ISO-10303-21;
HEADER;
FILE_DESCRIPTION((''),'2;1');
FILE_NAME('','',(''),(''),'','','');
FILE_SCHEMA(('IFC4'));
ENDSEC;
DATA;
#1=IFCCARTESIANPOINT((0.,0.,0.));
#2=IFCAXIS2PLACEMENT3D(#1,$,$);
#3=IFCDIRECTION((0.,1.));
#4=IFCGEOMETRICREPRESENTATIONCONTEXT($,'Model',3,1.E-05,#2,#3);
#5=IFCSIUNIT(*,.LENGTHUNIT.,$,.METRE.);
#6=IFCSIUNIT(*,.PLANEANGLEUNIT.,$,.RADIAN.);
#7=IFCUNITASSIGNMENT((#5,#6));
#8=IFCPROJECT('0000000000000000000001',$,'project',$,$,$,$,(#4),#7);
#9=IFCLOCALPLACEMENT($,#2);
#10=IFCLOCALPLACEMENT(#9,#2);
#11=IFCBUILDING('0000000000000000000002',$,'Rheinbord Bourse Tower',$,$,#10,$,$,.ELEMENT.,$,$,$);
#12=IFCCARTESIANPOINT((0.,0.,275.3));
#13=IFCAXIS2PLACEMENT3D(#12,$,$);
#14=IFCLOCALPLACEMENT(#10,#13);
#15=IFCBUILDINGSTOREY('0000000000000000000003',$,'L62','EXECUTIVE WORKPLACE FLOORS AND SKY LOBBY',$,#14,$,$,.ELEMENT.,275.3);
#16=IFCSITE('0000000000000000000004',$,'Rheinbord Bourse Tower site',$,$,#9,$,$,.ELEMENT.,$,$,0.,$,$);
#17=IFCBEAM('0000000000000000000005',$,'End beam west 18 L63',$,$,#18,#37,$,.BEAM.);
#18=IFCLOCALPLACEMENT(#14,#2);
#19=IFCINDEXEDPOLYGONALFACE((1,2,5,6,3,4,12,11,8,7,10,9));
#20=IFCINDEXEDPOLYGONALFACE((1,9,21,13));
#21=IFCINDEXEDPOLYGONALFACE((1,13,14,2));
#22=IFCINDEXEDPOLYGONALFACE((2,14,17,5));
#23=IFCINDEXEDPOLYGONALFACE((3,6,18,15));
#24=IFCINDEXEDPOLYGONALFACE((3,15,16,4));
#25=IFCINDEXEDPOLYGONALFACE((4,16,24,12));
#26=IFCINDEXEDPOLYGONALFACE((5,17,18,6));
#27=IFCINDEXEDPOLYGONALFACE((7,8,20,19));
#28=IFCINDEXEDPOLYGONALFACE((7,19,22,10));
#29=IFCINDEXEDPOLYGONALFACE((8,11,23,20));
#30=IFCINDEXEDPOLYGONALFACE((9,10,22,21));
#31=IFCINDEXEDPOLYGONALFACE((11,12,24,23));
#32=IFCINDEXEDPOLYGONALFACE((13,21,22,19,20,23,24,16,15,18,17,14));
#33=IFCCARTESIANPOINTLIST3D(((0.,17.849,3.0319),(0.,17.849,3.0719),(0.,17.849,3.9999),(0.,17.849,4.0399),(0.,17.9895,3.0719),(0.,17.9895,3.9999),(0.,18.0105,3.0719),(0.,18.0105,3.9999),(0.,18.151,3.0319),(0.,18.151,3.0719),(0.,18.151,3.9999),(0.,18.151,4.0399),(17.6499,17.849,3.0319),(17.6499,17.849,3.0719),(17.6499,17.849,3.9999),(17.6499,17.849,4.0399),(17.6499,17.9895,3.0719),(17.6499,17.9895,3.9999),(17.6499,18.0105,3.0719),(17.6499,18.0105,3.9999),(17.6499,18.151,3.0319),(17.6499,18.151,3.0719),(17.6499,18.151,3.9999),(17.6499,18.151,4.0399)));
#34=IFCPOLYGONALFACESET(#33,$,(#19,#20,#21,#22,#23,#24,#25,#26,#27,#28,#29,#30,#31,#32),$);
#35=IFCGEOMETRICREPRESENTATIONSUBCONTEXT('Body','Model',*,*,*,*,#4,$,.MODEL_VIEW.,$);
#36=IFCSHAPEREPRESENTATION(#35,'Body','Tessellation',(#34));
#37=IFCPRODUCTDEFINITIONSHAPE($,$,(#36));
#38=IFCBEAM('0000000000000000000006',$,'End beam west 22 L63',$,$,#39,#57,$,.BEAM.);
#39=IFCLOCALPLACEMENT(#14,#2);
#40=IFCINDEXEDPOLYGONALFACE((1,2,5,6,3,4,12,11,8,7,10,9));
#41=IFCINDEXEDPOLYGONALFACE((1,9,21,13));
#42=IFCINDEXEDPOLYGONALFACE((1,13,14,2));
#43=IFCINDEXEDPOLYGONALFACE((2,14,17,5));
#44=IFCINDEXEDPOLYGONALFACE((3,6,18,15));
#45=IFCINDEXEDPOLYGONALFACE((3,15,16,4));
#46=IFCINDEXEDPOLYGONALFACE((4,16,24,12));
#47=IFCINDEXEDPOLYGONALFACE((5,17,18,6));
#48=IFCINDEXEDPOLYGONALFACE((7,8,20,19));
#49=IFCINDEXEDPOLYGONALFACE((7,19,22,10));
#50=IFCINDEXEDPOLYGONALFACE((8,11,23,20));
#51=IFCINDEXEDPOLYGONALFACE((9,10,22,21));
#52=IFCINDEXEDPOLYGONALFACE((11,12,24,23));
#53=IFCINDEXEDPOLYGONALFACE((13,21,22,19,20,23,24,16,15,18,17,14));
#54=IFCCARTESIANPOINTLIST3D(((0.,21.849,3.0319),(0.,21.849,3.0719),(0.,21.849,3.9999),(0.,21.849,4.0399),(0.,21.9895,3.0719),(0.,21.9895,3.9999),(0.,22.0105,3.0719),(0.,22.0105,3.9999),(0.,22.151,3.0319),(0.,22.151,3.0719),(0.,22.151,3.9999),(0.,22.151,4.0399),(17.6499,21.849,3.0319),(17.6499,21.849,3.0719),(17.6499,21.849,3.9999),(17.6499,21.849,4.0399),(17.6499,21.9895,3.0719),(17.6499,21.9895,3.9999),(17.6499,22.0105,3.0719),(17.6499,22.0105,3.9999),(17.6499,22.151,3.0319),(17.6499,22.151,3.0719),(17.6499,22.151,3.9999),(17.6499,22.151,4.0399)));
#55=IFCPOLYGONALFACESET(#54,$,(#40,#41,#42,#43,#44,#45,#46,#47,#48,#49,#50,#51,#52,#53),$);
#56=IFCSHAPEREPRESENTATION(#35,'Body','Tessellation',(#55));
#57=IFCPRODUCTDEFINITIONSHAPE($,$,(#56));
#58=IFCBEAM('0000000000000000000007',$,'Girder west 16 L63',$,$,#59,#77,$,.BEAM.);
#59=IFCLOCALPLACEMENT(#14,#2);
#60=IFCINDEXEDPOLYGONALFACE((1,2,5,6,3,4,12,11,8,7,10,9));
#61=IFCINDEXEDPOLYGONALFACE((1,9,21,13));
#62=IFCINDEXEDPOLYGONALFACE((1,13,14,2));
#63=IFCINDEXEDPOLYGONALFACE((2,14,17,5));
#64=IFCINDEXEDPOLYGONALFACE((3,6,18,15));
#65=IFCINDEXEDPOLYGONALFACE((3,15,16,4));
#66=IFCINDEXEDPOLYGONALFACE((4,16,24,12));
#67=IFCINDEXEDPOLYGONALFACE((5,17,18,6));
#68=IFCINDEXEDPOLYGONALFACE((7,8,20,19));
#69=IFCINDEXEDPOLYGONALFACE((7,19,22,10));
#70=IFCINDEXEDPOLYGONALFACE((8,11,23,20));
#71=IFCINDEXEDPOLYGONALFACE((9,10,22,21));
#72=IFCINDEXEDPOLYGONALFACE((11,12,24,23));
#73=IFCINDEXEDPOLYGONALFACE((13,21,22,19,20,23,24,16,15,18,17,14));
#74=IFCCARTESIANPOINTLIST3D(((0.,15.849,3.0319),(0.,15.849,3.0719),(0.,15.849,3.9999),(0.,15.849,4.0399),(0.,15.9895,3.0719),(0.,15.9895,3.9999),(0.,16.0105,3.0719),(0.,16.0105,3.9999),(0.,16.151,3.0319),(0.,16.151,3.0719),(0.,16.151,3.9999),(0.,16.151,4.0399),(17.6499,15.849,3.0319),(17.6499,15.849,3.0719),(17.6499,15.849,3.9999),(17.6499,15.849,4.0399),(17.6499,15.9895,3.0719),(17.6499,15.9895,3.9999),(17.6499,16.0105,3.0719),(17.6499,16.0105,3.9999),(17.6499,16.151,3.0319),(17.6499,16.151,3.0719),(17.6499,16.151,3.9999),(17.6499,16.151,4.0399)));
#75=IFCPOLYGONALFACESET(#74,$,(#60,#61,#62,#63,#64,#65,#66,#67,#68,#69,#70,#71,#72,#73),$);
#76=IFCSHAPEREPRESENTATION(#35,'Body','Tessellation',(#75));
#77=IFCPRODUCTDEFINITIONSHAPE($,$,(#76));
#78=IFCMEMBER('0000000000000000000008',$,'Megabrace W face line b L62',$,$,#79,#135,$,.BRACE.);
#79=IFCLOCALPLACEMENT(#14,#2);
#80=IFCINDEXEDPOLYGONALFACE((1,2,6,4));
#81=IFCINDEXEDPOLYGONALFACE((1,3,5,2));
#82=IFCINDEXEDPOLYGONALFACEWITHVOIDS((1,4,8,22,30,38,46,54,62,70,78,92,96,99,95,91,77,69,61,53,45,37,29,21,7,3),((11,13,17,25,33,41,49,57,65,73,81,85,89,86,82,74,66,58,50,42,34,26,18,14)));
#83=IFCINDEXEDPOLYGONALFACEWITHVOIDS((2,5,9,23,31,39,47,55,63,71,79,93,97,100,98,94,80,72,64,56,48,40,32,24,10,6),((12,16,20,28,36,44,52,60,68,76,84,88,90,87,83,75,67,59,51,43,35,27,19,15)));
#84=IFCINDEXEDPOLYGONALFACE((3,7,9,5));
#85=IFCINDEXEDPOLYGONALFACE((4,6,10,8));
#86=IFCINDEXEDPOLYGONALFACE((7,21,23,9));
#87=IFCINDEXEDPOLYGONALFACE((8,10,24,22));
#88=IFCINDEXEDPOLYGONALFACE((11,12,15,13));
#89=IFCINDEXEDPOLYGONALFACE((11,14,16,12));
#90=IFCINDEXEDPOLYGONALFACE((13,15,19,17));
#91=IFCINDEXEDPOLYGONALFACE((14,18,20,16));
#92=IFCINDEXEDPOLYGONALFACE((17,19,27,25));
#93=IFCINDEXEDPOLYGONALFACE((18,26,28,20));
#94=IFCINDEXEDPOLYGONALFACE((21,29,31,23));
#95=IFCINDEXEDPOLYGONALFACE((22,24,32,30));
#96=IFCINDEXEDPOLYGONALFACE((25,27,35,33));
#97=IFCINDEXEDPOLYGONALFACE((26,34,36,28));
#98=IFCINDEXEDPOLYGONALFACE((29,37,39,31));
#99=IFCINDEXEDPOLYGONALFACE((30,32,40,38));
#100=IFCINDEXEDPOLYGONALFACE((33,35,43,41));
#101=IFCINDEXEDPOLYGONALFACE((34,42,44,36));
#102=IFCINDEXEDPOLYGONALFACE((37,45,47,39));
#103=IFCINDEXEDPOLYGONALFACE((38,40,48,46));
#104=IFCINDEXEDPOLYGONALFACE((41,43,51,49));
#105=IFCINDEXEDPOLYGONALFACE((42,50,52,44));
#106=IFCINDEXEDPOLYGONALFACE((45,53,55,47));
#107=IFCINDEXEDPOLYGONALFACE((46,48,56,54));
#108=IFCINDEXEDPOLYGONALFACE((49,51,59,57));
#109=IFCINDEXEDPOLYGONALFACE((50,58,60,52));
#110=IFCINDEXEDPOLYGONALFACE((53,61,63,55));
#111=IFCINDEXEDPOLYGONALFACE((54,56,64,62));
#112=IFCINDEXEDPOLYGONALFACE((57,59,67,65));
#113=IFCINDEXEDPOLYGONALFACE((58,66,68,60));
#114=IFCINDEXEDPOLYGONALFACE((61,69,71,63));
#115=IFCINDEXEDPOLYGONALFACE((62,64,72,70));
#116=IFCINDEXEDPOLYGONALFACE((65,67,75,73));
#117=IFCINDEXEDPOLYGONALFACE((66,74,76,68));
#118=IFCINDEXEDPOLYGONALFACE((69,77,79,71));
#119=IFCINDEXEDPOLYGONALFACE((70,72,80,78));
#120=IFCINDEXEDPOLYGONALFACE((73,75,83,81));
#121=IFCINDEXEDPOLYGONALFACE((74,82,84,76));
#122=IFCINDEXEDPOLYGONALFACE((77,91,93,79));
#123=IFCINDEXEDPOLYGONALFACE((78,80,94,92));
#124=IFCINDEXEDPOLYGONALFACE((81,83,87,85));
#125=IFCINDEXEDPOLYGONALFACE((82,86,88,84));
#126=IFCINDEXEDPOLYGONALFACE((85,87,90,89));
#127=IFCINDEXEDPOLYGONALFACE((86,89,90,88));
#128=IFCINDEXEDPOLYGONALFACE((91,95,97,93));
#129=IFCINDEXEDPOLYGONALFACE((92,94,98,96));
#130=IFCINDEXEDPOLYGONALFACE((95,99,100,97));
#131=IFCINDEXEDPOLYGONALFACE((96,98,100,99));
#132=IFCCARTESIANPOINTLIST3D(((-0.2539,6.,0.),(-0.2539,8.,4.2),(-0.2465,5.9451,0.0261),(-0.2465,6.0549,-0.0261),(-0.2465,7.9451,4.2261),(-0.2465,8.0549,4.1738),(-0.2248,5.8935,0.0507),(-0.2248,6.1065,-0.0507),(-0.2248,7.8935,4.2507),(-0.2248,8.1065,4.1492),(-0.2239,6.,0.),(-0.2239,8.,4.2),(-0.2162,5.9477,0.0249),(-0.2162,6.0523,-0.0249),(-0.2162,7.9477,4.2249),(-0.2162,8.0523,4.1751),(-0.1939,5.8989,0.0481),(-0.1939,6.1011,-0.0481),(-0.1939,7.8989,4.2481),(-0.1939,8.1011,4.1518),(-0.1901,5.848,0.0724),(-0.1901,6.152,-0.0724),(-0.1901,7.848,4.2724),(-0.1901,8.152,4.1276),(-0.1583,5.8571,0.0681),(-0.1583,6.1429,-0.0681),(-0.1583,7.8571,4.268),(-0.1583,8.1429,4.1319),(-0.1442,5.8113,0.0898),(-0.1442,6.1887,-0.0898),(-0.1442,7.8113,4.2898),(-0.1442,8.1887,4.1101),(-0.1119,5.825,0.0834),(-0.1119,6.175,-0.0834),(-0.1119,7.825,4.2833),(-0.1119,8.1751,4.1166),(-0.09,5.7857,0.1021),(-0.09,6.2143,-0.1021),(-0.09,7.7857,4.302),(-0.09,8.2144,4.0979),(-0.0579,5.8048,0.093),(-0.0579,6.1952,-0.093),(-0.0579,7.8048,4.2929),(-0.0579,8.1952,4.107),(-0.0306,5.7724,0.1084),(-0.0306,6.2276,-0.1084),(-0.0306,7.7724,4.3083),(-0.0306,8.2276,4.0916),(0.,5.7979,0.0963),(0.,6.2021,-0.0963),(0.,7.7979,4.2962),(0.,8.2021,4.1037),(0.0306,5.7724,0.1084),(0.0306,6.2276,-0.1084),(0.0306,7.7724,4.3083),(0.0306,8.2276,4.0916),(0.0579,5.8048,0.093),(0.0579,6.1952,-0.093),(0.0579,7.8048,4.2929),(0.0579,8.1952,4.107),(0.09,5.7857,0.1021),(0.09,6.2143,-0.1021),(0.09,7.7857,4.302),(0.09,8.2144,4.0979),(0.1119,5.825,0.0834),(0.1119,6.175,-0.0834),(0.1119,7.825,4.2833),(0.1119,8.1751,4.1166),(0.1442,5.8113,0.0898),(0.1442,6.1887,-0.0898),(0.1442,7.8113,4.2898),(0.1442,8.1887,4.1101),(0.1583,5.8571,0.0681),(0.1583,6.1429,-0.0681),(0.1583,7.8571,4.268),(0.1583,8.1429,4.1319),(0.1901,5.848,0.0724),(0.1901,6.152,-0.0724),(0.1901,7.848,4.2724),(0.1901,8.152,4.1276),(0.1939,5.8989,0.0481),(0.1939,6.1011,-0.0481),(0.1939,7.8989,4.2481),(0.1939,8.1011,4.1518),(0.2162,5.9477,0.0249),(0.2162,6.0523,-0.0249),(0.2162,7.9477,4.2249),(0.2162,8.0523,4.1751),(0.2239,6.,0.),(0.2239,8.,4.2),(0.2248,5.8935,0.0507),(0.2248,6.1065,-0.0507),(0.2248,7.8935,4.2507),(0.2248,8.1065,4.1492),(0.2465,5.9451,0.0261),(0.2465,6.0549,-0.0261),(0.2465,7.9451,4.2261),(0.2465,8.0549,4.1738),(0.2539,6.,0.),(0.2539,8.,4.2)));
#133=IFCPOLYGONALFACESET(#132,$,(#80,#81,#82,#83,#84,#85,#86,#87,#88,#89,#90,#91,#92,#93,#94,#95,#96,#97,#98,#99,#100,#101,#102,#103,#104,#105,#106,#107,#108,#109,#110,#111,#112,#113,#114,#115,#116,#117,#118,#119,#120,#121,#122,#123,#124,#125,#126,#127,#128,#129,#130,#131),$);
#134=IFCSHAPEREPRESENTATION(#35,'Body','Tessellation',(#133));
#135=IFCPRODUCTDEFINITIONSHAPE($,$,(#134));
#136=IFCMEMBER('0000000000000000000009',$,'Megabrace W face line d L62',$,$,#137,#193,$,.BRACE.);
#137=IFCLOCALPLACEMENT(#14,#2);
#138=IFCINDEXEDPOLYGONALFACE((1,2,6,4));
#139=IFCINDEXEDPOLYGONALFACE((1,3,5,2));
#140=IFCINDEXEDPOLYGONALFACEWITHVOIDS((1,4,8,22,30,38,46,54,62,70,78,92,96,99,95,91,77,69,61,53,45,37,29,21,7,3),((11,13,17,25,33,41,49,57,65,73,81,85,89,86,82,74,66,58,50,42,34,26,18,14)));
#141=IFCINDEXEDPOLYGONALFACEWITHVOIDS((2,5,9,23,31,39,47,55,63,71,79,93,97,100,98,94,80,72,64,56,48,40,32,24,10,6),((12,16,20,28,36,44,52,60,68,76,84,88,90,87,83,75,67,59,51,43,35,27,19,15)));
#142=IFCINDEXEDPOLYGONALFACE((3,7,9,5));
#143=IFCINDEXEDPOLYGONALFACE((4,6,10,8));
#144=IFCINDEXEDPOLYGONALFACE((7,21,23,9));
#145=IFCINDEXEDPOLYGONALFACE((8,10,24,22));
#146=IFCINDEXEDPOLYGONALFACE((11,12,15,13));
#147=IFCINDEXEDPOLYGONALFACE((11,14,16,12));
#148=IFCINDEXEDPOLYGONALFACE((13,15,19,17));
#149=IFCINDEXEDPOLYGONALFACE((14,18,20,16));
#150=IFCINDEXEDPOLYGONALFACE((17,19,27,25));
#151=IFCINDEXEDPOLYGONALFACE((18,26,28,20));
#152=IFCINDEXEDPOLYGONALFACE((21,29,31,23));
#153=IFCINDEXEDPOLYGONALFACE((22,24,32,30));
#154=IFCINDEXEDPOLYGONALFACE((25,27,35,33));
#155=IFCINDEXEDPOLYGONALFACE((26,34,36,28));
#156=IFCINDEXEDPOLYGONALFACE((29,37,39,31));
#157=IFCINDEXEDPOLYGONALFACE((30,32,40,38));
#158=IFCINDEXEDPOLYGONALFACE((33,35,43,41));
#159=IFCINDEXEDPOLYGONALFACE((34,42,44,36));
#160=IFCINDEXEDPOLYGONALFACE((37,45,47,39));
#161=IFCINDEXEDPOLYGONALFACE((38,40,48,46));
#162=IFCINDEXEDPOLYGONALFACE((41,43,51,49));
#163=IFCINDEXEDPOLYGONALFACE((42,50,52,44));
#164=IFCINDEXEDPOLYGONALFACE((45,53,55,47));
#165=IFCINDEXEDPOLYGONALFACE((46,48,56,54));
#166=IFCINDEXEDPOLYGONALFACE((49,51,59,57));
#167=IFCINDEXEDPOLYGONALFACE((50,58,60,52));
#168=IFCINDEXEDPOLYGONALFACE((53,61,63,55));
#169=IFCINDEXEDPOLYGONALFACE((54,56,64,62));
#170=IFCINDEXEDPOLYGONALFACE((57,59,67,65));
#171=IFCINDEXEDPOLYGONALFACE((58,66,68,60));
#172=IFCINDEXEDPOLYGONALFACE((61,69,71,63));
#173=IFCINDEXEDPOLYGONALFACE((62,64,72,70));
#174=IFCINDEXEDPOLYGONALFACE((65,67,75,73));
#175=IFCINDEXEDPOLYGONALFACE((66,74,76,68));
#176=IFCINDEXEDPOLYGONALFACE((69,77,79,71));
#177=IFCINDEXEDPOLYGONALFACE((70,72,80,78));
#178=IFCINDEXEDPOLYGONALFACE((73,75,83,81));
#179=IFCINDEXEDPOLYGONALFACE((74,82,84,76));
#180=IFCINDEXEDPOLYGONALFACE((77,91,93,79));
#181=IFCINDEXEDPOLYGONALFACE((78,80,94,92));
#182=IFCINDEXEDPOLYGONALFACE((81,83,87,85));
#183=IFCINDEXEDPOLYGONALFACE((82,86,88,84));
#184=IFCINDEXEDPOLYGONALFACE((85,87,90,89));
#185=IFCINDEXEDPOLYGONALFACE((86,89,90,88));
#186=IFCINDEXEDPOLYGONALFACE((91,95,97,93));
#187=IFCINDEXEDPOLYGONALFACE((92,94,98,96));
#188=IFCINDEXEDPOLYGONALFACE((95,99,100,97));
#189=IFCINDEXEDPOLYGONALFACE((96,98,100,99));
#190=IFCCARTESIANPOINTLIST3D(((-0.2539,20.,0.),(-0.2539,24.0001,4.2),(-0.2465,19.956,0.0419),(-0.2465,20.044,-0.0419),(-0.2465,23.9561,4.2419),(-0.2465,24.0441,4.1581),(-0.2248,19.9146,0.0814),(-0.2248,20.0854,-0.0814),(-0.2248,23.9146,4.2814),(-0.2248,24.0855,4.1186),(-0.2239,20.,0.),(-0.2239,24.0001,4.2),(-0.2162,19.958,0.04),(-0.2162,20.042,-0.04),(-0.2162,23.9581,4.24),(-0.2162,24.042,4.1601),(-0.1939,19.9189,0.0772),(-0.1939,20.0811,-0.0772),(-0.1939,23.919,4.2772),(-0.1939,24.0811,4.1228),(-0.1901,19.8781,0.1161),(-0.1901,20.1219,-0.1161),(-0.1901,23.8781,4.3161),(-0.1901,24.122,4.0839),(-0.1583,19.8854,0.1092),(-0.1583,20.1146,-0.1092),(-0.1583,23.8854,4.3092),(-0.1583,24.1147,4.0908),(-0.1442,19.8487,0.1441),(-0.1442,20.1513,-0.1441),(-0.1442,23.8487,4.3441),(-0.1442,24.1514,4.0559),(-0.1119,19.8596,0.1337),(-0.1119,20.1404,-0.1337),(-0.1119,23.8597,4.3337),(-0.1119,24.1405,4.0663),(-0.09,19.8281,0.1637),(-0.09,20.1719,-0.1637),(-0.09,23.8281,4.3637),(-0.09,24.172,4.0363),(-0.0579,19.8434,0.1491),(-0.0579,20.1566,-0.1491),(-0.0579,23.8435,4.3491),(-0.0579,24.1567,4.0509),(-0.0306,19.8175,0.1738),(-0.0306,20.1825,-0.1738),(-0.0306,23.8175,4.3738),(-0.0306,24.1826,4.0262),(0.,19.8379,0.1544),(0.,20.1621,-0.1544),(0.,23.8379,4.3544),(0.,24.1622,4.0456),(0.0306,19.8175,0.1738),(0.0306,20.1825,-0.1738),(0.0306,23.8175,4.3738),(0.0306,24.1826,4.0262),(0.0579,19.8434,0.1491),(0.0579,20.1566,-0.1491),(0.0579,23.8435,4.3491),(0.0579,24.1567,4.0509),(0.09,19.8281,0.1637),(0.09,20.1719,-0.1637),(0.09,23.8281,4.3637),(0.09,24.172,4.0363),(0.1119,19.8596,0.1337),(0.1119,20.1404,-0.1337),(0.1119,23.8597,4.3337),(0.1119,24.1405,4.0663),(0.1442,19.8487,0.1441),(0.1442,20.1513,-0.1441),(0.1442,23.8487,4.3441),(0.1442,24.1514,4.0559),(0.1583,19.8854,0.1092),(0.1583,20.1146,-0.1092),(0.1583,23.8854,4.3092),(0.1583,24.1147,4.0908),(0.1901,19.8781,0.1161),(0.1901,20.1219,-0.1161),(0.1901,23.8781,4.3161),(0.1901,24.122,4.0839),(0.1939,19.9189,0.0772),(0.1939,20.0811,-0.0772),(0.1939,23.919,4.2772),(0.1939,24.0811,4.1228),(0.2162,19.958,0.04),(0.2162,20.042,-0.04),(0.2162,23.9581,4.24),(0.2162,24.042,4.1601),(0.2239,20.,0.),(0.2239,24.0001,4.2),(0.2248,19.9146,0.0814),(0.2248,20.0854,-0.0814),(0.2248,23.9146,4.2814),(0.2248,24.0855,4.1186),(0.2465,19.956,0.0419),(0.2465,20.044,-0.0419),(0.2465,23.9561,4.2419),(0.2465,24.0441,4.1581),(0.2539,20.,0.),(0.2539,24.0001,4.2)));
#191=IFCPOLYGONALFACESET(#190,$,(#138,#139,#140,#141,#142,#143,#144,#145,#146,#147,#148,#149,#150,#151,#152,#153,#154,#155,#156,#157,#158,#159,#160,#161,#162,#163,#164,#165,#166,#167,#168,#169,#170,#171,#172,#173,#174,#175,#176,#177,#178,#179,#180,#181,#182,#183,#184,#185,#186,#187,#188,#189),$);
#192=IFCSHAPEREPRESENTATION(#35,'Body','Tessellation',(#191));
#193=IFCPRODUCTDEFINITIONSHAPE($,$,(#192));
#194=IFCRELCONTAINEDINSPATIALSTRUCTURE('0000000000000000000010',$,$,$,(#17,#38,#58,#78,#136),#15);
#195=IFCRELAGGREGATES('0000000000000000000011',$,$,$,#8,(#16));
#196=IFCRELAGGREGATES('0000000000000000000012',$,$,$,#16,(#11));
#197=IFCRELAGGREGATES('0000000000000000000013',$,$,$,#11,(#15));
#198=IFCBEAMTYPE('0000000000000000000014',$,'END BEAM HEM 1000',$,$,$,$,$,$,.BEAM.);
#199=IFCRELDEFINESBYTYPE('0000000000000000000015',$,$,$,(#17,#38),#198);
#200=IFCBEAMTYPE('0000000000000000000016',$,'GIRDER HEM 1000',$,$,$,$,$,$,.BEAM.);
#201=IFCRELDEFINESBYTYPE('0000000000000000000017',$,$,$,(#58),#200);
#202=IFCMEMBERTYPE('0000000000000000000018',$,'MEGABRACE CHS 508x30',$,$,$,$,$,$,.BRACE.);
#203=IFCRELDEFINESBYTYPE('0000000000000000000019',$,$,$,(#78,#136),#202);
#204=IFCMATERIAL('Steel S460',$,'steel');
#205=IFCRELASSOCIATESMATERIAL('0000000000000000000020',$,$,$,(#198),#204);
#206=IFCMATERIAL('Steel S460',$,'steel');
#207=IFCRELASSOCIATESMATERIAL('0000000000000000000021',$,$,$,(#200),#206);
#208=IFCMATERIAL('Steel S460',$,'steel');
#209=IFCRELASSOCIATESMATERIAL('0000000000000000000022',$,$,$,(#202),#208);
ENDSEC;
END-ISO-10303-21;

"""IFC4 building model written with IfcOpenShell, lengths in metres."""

from ifc_helpers import new_model, si_unit, direction, frame, origin, origin_2d, place, context, subcontext, project, spatial, hollow_circle, i_section, extrude, material, material_profile, profile_set, type_object, element, save


model = new_model("IFC4")

# Units and contexts
model_context = context("Model", 3, precision=1e-05, world=origin(), true_north=direction((0.0, 1.0)))
body_context = subcontext(model_context, "Body", "Model", "MODEL_VIEW")
ifc_project = project(units=[si_unit("LENGTHUNIT", "METRE"), si_unit("PLANEANGLEUNIT", "RADIAN")], contexts=[model_context])

# Site, building, storey
site_placement = place(None, origin())
site = spatial("IfcSite", under=ifc_project, at=site_placement, Name="Rheinbord Bourse Tower site", CompositionType="ELEMENT", RefElevation=0.0)
building_placement = place(site_placement, origin())
building = spatial("IfcBuilding", under=site, at=building_placement, Name="Rheinbord Bourse Tower", CompositionType="ELEMENT")
storey_placement = place(building_placement, frame((0.0, 0.0, 275.3)))
storey = spatial("IfcBuildingStorey", under=building, at=storey_placement, Name="L62", Description="EXECUTIVE WORKPLACE FLOORS AND SKY LOBBY", CompositionType="ELEMENT", Elevation=275.3)

# Beams
ifc_material_1 = material(Name="Steel S460", Category="steel")
ifc_material_profile_1 = material_profile(ifc_material_1, i_section(OverallWidth=0.302, OverallDepth=1.0081, WebThickness=0.021, FlangeThickness=0.04, at=origin_2d()), Name="HEM 1000")
ifc_profile_set_1 = profile_set([ifc_material_profile_1], Name="Steel S460")
beam_type_1 = type_object("IfcBeamType", Name="END BEAM HEM 1000", PredefinedType="BEAM", material=ifc_profile_set_1)
for number, where, z_axis, x_axis, name in (
    (1, (0.0, 18.0, 3.5359), (1.0, 0.0, 0.0), (0.0, 1.0, 0.0), "End beam west 18 L63"),
    (2, (0.0, 22.0, 3.5359), (1.0, 0.0, 0.0), (0.0, 1.0, 0.0), "End beam west 22 L63"),
):
    element("IfcBeam", number, at=place(storey_placement, frame(where, z_axis=z_axis, x_axis=x_axis)), inside=storey, type_object=beam_type_1, Name=name, PredefinedType="BEAM", context=body_context, shape_type="SweptSolid", body=[
        extrude(i_section(OverallWidth=0.302, OverallDepth=1.0081, WebThickness=0.021, FlangeThickness=0.04, at=origin_2d()), origin(), (0.0, 0.0, 1.0), 17.6499),
    ])
ifc_material_2 = material(Name="Steel S460", Category="steel")
ifc_material_profile_2 = material_profile(ifc_material_2, i_section(OverallWidth=0.302, OverallDepth=1.0081, WebThickness=0.021, FlangeThickness=0.04, at=origin_2d()), Name="HEM 1000")
ifc_profile_set_2 = profile_set([ifc_material_profile_2], Name="Steel S460")
beam_type_2 = type_object("IfcBeamType", Name="GIRDER HEM 1000", PredefinedType="BEAM", material=ifc_profile_set_2)
beam_1_placement = place(storey_placement, frame((0.0, 16.0, 3.5359), z_axis=(1.0, 0.0, 0.0), x_axis=(0.0, 1.0, 0.0)))
element("IfcBeam", 3, at=beam_1_placement, inside=storey, type_object=beam_type_2, Name="Girder west 16 L63", PredefinedType="BEAM", context=body_context, shape_type="SweptSolid", body=[
    extrude(i_section(OverallWidth=0.302, OverallDepth=1.0081, WebThickness=0.021, FlangeThickness=0.04, at=origin_2d()), origin(), (0.0, 0.0, 1.0), 17.6499),
])

# Members
ifc_material_3 = material(Name="Steel S460", Category="steel")
ifc_material_profile_3 = material_profile(ifc_material_3, hollow_circle(Radius=0.2539, WallThickness=0.03, at=origin_2d()), Name="CHS 508x30")
ifc_profile_set_3 = profile_set([ifc_material_profile_3], Name="Steel S460")
member_type_1 = type_object("IfcMemberType", Name="MEGABRACE CHS 508x30", PredefinedType="BRACE", material=ifc_profile_set_3)
member_1_placement = place(storey_placement, frame((0.0, 6.0, 0.0), z_axis=(0.0, 0.429938, 0.902859), x_axis=(-1.0, 0.0, 0.0)))
element("IfcMember", 4, at=member_1_placement, inside=storey, type_object=member_type_1, Name="Megabrace W face line b L62", PredefinedType="BRACE", context=body_context, shape_type="SweptSolid", body=[
    extrude(hollow_circle(Radius=0.2539, WallThickness=0.03, at=origin_2d()), origin(), (0.0, 0.0, 1.0), 4.6519),
])
member_2_placement = place(storey_placement, frame((0.0, 20.0, 0.0), z_axis=(0.0, 0.689659, 0.724134), x_axis=(-1.0, 0.0, 0.0)))
element("IfcMember", 5, at=member_2_placement, inside=storey, type_object=member_type_1, Name="Megabrace W face line d L62", PredefinedType="BRACE", context=body_context, shape_type="SweptSolid", body=[
    extrude(hollow_circle(Radius=0.2539, WallThickness=0.03, at=origin_2d()), origin(), (0.0, 0.0, 1.0), 5.8),
])

save(model, "model.ifc")
